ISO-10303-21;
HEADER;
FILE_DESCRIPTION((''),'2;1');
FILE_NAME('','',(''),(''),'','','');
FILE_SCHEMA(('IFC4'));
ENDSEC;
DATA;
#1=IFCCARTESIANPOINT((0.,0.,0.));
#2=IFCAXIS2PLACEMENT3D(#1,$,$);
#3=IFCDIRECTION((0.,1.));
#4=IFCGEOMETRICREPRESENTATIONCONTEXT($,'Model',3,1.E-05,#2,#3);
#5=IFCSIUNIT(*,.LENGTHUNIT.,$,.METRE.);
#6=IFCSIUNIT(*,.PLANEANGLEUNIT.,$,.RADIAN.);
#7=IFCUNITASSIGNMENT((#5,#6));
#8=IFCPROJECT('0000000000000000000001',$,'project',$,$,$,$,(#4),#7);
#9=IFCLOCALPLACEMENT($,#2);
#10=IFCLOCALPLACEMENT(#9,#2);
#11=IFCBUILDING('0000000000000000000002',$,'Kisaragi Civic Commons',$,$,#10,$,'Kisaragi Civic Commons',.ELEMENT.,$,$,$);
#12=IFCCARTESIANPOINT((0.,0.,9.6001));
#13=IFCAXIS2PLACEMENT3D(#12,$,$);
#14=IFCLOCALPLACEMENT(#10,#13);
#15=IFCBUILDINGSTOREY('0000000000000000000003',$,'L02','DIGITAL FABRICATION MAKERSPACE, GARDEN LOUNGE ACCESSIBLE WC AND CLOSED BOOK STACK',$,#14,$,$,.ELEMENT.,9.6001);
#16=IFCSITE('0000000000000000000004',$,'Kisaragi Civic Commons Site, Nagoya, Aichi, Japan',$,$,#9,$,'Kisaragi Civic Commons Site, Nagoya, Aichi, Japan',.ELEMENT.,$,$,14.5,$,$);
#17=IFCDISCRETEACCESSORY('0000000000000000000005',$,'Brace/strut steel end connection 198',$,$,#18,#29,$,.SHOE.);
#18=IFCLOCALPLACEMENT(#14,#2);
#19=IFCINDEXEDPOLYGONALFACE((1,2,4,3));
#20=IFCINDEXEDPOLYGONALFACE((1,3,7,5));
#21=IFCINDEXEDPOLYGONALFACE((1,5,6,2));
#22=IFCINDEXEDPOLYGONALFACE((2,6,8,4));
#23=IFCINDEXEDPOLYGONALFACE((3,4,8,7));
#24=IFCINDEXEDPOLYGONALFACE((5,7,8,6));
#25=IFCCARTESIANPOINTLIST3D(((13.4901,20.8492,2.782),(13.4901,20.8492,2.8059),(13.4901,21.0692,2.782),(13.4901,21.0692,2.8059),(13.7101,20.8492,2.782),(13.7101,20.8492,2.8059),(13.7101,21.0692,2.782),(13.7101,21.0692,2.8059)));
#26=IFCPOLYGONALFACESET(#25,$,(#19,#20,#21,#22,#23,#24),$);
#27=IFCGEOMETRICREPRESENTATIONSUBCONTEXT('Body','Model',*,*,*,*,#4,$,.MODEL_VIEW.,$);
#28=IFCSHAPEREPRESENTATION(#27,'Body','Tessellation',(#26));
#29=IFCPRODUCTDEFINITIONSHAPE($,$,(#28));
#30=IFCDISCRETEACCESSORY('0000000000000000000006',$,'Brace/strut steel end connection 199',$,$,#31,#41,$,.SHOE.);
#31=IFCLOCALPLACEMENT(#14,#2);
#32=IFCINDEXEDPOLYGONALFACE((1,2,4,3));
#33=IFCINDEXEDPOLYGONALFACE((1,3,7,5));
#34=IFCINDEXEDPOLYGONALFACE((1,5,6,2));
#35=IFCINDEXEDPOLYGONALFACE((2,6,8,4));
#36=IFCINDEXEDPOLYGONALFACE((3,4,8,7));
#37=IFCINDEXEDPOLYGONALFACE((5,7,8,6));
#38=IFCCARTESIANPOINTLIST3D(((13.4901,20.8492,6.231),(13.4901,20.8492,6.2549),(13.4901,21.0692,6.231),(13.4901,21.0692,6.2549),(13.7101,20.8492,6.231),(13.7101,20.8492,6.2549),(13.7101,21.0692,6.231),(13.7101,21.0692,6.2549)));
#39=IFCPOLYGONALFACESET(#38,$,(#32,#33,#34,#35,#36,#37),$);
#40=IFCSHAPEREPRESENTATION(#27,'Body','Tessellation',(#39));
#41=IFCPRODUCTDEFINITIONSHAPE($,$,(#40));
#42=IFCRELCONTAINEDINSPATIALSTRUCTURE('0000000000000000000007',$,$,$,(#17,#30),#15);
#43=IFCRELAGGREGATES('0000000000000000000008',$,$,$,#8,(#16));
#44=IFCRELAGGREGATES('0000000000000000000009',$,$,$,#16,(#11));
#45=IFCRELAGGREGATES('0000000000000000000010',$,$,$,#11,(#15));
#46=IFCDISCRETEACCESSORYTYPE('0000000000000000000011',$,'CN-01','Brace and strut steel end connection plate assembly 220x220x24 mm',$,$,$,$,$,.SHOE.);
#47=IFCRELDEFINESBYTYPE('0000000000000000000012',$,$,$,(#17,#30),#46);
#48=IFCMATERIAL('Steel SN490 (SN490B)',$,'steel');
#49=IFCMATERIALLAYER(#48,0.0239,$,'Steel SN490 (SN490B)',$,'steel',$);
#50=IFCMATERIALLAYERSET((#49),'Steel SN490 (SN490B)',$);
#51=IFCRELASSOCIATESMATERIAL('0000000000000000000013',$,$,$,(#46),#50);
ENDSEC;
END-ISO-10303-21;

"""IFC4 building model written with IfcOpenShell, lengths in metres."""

from ifc_helpers import new_model, si_unit, direction, frame, origin, origin_2d, place, context, subcontext, project, spatial, rectangle, extrude, material, layer, layer_set, type_object, element, save


model = new_model("IFC4")

# Units and contexts
model_context = context("Model", 3, precision=1e-05, world=origin(), true_north=direction((0.0, 1.0)))
body_context = subcontext(model_context, "Body", "Model", "MODEL_VIEW")
ifc_project = project(units=[si_unit("LENGTHUNIT", "METRE"), si_unit("PLANEANGLEUNIT", "RADIAN")], contexts=[model_context])

# Site, building, storey
site_placement = place(None, origin())
site = spatial("IfcSite", under=ifc_project, at=site_placement, Name="Kisaragi Civic Commons Site, Nagoya, Aichi, Japan", LongName="Kisaragi Civic Commons Site, Nagoya, Aichi, Japan", CompositionType="ELEMENT", RefElevation=14.5)
building_placement = place(site_placement, origin())
building = spatial("IfcBuilding", under=site, at=building_placement, Name="Kisaragi Civic Commons", LongName="Kisaragi Civic Commons", CompositionType="ELEMENT")
storey_placement = place(building_placement, frame((0.0, 0.0, 9.6001)))
storey = spatial("IfcBuildingStorey", under=building, at=storey_placement, Name="L02", Description="DIGITAL FABRICATION MAKERSPACE, GARDEN LOUNGE ACCESSIBLE WC AND CLOSED BOOK STACK", CompositionType="ELEMENT", Elevation=9.6001)

# Shared definitions
ifc_material_1 = material(Name="Steel SN490 (SN490B)", Category="steel")

# Discrete accessories
ifc_layer_1 = layer(ifc_material_1, 0.0239, Name="Steel SN490 (SN490B)", Category="steel")
ifc_layer_set_1 = layer_set([ifc_layer_1], Name="Steel SN490 (SN490B)")
discrete_accessory_type = type_object("IfcDiscreteAccessoryType", Name="CN-01", Description="Brace and strut steel end connection plate assembly 220x220x24 mm", PredefinedType="SHOE", material=ifc_layer_set_1)
for number, where, z_axis, x_axis, name in (
    (1, (13.6001, 20.9592, 2.782), (0.0, 0.0, 1.0), (1.0, 0.0, 0.0), "Brace/strut steel end connection 198"),
    (2, (13.6001, 20.9592, 6.231), (0.0, 0.0, 1.0), (1.0, 0.0, 0.0), "Brace/strut steel end connection 199"),
):
    element("IfcDiscreteAccessory", number, at=place(storey_placement, frame(where, z_axis=z_axis, x_axis=x_axis)), inside=storey, type_object=discrete_accessory_type, Name=name, PredefinedType="SHOE", context=body_context, shape_type="SweptSolid", body=[
        extrude(rectangle(XDim=0.22, YDim=0.22, at=origin_2d()), origin(), (0.0, 0.0, 1.0), 0.0239),
    ])

save(model, "model.ifc")
